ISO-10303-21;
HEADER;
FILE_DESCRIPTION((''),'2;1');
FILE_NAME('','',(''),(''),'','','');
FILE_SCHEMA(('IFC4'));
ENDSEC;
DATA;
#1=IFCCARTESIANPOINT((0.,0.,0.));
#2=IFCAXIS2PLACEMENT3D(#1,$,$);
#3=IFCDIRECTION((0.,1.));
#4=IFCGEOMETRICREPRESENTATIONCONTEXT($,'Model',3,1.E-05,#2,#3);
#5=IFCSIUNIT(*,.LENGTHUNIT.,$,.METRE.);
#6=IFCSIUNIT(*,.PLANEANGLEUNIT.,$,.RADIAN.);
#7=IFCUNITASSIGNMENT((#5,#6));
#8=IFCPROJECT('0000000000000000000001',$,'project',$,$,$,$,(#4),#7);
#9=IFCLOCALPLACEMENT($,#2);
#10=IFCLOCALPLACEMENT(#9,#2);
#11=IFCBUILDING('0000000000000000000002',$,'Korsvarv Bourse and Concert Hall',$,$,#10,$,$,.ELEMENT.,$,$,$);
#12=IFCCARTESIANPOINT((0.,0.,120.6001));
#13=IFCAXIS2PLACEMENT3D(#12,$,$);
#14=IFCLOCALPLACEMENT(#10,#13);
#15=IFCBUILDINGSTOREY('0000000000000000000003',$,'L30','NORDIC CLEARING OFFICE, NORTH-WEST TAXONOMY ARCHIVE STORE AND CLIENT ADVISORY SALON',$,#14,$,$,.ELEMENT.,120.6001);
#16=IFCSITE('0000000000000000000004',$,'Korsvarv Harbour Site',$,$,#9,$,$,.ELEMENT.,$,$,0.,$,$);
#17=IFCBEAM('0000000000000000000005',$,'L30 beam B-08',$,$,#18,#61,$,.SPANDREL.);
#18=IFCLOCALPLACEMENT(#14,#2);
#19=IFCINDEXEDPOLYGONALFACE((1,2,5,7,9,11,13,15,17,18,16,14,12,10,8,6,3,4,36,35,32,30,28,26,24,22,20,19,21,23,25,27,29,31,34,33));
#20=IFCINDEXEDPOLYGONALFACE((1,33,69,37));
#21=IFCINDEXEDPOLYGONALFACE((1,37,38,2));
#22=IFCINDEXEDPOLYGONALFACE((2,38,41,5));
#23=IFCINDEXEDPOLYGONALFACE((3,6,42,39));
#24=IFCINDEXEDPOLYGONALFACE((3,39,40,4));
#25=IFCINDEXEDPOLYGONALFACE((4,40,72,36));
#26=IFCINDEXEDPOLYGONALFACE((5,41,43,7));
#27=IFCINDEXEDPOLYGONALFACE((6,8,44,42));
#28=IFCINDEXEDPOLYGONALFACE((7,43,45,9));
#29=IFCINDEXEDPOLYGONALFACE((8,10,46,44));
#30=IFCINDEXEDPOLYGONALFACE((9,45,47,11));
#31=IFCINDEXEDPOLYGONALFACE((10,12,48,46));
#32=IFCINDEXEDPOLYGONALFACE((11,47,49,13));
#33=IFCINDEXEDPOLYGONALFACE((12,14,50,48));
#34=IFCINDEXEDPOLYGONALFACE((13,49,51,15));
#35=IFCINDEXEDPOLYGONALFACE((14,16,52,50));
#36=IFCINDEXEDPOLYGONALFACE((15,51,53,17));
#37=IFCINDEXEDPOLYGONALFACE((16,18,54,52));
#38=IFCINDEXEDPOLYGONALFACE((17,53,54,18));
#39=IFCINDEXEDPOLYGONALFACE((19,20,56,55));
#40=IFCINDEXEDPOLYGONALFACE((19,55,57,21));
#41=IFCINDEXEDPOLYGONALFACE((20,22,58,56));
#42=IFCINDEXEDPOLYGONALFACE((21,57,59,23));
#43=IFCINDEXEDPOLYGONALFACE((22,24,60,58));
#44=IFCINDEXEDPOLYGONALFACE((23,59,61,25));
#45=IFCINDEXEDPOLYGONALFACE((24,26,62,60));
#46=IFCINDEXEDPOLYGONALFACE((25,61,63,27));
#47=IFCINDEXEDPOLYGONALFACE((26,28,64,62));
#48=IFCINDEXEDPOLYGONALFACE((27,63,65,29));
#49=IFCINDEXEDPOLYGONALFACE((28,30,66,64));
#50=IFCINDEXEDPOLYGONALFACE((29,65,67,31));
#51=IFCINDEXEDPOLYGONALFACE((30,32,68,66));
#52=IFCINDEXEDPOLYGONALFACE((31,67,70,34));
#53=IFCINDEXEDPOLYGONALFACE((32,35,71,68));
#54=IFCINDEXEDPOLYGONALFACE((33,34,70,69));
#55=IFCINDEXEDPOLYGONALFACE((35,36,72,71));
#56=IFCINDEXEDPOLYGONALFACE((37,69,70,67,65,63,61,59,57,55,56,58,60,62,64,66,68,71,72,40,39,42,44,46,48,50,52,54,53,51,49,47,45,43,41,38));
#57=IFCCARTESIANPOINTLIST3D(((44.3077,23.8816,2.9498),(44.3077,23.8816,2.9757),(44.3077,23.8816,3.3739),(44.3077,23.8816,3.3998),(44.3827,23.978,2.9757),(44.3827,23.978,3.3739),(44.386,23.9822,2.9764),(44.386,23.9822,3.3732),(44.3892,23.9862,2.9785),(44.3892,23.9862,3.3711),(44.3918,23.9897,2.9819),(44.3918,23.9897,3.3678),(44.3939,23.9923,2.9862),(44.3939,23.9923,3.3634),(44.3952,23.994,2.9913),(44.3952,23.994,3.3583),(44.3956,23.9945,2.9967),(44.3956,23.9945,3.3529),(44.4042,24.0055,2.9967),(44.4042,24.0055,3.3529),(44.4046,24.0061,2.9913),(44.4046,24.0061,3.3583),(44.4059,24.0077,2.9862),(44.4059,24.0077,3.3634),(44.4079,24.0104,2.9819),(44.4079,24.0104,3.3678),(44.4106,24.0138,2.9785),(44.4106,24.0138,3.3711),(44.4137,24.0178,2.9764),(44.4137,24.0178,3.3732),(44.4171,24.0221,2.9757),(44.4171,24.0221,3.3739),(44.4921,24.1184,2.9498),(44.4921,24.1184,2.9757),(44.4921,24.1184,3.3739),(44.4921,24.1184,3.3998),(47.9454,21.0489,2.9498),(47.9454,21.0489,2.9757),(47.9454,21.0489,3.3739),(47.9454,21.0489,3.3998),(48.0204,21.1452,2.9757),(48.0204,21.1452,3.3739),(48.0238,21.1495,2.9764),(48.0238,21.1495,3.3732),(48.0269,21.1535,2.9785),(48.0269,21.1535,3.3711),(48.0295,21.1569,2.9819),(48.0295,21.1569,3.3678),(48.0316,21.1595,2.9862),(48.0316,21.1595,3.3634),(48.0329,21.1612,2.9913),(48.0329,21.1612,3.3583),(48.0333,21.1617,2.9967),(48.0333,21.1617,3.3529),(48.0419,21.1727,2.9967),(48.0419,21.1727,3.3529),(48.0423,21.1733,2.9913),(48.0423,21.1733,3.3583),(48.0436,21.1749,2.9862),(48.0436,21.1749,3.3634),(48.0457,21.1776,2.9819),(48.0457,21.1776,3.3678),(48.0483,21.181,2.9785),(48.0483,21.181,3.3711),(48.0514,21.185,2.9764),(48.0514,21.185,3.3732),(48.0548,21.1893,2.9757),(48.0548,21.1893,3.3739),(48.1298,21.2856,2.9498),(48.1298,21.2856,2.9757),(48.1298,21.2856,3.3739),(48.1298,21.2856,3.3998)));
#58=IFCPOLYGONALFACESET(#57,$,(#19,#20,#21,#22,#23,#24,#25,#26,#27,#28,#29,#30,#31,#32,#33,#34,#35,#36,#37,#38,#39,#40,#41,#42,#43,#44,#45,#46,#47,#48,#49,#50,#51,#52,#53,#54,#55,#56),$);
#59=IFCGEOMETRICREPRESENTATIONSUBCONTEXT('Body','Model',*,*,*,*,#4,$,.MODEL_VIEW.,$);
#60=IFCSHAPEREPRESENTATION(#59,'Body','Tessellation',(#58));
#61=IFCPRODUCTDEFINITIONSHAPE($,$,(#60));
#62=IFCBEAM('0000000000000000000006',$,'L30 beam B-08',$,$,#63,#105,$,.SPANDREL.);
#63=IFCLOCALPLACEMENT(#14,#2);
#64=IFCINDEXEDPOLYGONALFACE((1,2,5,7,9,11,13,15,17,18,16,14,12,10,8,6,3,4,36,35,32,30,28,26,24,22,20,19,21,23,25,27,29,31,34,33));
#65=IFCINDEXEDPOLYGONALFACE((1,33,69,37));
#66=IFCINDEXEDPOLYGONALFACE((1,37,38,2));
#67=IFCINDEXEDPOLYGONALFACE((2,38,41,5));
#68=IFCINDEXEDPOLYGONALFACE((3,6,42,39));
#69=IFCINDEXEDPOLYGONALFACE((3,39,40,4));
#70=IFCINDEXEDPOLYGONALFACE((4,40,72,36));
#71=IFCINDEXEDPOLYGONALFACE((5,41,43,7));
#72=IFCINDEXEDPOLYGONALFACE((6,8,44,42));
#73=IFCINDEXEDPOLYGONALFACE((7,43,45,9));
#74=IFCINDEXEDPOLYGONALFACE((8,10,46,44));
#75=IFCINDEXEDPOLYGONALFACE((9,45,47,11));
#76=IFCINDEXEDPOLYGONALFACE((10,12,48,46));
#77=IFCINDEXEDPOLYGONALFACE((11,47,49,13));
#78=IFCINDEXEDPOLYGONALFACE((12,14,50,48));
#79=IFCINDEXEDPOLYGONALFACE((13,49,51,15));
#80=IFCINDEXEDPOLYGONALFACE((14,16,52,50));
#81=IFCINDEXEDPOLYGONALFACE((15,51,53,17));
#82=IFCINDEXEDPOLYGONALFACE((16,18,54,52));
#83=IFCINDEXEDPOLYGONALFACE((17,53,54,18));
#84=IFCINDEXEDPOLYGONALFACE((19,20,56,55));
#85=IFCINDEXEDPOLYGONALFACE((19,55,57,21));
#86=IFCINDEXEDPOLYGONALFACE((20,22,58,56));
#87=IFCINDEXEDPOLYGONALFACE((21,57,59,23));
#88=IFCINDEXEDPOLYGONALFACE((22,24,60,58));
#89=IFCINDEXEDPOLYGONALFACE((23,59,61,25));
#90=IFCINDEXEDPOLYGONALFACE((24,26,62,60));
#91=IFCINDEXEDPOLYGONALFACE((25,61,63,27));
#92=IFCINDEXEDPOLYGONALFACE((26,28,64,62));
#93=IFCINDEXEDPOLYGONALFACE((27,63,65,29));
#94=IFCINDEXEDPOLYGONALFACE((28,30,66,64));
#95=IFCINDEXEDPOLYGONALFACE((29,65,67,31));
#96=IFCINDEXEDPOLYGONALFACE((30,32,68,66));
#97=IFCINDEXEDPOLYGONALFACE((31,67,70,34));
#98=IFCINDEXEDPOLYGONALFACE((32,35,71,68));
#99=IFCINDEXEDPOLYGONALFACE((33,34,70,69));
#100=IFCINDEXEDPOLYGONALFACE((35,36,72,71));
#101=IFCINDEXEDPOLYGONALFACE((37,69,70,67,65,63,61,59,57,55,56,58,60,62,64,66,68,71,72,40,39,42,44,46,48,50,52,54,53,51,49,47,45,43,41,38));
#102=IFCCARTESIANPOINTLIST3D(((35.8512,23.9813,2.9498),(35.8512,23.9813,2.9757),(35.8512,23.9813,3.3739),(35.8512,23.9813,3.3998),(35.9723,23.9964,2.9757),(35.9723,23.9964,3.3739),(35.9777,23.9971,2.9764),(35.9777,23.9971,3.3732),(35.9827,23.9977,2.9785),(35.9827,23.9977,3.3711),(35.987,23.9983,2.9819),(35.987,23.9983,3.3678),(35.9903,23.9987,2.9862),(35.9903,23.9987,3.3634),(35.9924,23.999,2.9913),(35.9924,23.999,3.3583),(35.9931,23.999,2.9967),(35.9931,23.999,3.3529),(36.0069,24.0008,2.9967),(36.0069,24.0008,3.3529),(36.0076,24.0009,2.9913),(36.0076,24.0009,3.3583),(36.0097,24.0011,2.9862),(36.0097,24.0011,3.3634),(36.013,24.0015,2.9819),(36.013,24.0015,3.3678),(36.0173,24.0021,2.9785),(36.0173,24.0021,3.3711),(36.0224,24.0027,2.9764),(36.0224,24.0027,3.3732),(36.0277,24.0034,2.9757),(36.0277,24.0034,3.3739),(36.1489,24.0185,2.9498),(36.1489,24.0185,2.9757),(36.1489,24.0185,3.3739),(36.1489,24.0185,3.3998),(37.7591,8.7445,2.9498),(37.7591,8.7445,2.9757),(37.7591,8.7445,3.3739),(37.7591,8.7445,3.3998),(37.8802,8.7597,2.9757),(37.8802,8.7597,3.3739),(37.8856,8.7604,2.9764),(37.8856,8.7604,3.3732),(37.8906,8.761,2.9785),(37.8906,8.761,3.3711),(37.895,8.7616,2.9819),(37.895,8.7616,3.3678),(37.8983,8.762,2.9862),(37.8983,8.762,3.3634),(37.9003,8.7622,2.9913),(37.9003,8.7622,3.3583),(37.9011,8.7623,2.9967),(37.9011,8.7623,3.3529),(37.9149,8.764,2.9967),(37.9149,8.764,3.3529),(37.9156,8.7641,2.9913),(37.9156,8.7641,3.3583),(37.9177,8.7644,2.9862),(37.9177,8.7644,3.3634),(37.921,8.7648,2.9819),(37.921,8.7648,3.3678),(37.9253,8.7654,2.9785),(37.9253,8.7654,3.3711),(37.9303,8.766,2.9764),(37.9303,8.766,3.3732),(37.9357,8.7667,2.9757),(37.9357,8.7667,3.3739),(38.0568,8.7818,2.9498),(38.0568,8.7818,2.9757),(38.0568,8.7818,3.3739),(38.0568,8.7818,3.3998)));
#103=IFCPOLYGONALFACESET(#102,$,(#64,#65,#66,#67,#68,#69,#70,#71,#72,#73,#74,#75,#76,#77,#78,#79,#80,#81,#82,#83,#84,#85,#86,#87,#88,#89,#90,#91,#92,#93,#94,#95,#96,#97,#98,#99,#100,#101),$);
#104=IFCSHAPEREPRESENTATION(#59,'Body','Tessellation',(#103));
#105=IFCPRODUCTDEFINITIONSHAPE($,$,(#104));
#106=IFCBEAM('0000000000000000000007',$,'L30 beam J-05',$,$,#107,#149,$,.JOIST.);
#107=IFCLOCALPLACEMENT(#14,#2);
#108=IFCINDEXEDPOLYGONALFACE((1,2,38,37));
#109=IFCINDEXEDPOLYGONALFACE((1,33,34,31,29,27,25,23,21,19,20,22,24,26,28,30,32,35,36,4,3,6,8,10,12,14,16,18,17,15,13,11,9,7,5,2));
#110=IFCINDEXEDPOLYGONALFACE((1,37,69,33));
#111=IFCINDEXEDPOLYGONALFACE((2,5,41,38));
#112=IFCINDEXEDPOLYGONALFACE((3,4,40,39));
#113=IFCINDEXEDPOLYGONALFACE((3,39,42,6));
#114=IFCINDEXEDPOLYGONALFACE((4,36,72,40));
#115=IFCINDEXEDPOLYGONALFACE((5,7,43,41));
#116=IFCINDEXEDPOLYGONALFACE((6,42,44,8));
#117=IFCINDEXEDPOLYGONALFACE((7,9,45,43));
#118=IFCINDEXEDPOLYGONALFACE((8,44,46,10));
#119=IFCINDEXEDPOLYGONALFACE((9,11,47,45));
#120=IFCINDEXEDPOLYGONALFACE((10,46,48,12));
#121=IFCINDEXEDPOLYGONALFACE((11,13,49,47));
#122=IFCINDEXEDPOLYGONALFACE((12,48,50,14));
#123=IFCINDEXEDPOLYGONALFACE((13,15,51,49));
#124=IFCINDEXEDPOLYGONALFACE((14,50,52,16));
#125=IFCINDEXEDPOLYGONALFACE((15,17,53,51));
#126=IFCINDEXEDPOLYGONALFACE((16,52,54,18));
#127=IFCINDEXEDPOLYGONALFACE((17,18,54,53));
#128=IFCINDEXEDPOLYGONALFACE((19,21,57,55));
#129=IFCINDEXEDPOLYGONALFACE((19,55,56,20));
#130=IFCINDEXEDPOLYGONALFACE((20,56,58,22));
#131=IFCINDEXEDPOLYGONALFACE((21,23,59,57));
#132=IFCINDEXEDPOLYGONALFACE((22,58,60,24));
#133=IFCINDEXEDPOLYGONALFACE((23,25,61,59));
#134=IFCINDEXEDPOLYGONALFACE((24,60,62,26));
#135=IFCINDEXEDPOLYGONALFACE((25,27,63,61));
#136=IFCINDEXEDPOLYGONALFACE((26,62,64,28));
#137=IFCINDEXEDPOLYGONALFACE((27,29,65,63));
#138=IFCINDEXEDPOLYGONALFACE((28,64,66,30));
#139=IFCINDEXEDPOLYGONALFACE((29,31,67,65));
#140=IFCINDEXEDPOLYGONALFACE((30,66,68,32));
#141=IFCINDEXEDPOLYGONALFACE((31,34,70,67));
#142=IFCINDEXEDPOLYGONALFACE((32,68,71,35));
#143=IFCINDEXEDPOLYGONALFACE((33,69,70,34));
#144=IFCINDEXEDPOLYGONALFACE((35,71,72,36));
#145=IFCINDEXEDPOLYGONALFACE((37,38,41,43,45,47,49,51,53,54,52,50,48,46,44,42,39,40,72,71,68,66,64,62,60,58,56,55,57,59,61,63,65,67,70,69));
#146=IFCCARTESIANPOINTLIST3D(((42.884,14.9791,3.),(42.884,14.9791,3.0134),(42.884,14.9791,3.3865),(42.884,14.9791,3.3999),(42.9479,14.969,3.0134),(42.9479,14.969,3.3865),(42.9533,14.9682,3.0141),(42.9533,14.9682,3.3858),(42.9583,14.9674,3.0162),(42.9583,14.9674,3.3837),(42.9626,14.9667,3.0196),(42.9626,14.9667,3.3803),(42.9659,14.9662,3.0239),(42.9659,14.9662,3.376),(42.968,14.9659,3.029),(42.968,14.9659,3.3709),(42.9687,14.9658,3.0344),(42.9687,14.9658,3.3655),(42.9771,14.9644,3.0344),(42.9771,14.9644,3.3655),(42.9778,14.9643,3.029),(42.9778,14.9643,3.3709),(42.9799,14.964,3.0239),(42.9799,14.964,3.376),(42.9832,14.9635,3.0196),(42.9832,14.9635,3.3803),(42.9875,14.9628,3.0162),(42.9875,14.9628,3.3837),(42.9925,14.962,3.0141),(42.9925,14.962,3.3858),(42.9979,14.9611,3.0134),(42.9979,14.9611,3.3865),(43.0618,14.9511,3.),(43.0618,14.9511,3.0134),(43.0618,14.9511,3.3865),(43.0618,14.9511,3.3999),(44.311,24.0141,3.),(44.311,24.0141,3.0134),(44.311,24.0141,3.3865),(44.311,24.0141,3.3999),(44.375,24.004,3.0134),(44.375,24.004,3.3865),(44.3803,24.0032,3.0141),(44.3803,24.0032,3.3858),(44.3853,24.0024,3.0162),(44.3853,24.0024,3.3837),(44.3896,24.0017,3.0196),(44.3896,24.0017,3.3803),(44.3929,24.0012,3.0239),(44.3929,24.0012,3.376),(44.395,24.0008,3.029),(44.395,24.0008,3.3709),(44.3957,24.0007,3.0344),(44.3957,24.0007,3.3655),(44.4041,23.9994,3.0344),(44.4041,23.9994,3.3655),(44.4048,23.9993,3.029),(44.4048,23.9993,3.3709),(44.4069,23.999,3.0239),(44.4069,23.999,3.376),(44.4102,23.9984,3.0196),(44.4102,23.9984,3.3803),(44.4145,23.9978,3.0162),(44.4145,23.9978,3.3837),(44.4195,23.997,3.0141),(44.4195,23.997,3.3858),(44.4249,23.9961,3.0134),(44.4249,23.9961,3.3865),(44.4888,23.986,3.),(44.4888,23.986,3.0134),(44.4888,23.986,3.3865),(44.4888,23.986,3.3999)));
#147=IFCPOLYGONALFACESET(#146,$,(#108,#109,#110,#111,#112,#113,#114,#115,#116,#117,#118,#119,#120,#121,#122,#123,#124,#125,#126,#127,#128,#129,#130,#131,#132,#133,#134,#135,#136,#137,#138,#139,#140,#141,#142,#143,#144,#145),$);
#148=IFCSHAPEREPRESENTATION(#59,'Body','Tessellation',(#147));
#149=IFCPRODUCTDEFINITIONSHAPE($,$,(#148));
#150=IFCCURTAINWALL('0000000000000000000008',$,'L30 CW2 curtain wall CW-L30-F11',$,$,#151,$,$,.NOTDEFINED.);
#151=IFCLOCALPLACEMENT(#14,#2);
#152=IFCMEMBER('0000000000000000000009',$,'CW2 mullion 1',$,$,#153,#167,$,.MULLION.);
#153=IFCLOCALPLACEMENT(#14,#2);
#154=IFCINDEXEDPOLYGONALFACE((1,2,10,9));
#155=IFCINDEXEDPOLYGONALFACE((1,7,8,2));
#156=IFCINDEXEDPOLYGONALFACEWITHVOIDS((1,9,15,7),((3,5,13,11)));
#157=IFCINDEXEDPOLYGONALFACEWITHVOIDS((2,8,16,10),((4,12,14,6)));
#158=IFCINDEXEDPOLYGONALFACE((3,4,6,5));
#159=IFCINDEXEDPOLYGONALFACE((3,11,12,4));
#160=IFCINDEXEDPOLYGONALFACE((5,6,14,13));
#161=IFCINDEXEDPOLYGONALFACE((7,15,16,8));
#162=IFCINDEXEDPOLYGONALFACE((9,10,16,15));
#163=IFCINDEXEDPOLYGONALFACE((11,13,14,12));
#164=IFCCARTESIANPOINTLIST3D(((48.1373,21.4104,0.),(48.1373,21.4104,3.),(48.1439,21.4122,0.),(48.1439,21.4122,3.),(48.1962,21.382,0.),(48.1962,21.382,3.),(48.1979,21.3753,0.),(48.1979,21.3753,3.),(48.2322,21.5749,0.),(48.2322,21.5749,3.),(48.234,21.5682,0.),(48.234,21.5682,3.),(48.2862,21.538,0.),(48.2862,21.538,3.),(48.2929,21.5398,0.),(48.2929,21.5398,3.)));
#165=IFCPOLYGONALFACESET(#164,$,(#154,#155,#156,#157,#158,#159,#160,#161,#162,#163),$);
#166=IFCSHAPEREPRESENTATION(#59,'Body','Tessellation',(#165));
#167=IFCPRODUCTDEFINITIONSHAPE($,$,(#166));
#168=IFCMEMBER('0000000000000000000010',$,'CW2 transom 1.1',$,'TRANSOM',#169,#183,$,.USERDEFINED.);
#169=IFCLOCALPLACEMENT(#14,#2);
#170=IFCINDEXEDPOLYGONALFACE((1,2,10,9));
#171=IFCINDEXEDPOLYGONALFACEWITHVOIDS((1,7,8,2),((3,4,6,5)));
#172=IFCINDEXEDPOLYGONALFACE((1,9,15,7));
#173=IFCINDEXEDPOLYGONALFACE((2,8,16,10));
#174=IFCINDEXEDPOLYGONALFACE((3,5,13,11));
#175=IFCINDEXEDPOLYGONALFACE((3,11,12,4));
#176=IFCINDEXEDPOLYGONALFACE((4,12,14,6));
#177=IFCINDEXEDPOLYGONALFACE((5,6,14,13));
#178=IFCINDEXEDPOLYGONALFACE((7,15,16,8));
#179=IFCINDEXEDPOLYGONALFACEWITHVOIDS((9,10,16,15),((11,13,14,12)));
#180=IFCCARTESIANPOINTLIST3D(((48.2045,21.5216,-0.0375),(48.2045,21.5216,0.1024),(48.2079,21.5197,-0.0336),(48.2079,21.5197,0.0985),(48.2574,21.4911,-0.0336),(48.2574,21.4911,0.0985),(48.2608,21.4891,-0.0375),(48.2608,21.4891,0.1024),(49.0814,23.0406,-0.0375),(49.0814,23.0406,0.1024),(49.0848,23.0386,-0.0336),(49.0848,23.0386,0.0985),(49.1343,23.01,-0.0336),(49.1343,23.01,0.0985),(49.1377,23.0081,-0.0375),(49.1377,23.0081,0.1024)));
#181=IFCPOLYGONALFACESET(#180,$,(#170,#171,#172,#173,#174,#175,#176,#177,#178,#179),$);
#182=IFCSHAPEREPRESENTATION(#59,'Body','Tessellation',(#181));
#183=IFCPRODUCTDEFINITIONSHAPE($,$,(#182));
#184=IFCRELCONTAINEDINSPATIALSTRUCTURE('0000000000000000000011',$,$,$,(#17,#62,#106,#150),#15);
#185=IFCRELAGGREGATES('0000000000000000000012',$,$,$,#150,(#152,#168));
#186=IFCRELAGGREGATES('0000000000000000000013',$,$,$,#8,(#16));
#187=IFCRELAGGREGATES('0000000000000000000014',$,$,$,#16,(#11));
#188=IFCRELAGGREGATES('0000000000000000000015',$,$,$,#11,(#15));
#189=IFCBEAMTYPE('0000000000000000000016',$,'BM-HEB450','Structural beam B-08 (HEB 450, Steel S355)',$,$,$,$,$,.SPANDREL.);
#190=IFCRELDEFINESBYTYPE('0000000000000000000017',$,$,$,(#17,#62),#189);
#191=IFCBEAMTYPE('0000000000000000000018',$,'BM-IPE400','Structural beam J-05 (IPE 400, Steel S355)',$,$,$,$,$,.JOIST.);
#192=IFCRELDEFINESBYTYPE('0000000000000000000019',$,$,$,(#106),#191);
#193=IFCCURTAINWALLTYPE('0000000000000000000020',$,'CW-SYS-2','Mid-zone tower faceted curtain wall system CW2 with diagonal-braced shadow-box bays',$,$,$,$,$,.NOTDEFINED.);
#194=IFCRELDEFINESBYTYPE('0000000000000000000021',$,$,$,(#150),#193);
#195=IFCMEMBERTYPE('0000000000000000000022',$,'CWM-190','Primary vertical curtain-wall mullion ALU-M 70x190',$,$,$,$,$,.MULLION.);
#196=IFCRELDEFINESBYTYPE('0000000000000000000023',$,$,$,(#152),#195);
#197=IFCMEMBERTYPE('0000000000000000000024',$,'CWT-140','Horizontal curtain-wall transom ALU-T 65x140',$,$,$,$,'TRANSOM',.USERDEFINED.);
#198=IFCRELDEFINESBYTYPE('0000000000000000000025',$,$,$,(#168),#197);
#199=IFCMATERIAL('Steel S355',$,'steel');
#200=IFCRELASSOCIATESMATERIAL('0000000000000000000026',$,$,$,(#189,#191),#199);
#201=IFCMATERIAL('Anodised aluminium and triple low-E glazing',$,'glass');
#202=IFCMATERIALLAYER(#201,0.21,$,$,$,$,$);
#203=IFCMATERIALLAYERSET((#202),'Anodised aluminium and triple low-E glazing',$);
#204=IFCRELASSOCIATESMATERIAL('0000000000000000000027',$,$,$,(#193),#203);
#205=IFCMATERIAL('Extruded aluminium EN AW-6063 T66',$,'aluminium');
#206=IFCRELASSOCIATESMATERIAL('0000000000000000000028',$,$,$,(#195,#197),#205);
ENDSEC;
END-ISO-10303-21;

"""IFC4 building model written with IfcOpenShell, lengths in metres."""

from ifc_helpers import new_model, si_unit, direction, frame, origin, origin_2d, place, context, subcontext, project, spatial, hollow_rectangle, i_section, extrude, source, transform, mapped, material, layer, layer_set, material_profile, profile_set, type_object, element, aggregate, save


model = new_model("IFC4")

# Units and contexts
model_context = context("Model", 3, precision=1e-05, world=origin(), true_north=direction((0.0, 1.0)))
body_context = subcontext(model_context, "Body", "Model", "MODEL_VIEW")
ifc_project = project(units=[si_unit("LENGTHUNIT", "METRE"), si_unit("PLANEANGLEUNIT", "RADIAN")], contexts=[model_context])

# Site, building, storey
site_placement = place(None, origin())
site = spatial("IfcSite", under=ifc_project, at=site_placement, Name="Korsvarv Harbour Site", CompositionType="ELEMENT", RefElevation=0.0)
building_placement = place(site_placement, origin())
building = spatial("IfcBuilding", under=site, at=building_placement, Name="Korsvarv Bourse and Concert Hall", CompositionType="ELEMENT")
storey_placement = place(building_placement, frame((0.0, 0.0, 120.6001)))
storey = spatial("IfcBuildingStorey", under=building, at=storey_placement, Name="L30", Description="NORDIC CLEARING OFFICE, NORTH-WEST TAXONOMY ARCHIVE STORE AND CLIENT ADVISORY SALON", CompositionType="ELEMENT", Elevation=120.6001)

# Beams
ifc_material_1 = material(Name="Steel S355", Category="steel")
ifc_material_profile_1 = material_profile(ifc_material_1, i_section(OverallWidth=0.3, OverallDepth=0.45, WebThickness=0.0139, FlangeThickness=0.0259, FilletRadius=0.021, at=origin_2d()), Name="HEB 450")
ifc_profile_set_1 = profile_set([ifc_material_profile_1], Name="Steel S355")
beam_type_1 = type_object("IfcBeamType", Name="BM-HEB450", Description="Structural beam B-08 (HEB 450, Steel S355)", PredefinedType="SPANDREL", material=ifc_profile_set_1)
shared_shape_1 = source(origin(), body_context, "Body", "SweptSolid", [
    extrude(i_section(OverallWidth=0.3, OverallDepth=0.45, WebThickness=0.0139, FlangeThickness=0.0259, FilletRadius=0.021, at=origin_2d()), origin(), (0.0, 0.0, 1.0), 4.6106),
])
beam_1_placement = place(storey_placement, frame((48.0376, 21.1672, 3.1748), z_axis=(-0.78899, 0.614406, 0.0), x_axis=(-0.614406, -0.78899, 0.0)))
element("IfcBeam", 1, at=beam_1_placement, inside=storey, type_object=beam_type_1, Name="L30 beam B-08", PredefinedType="SPANDREL", context=body_context, shape_type="MappedRepresentation", body=[
    mapped(shared_shape_1, transform((0.0, 0.0, 0.0), scale=1.0)),
])
shared_shape_2 = source(origin(), body_context, "Body", "SweptSolid", [
    extrude(i_section(OverallWidth=0.3, OverallDepth=0.45, WebThickness=0.0139, FlangeThickness=0.0259, FilletRadius=0.021, at=origin_2d()), origin(), (0.0, 0.0, 1.0), 15.3557),
])
beam_2_placement = place(storey_placement, frame((37.908, 8.7632, 3.1748), z_axis=(-0.12425, 0.992251, 0.0), x_axis=(-0.992251, -0.12425, 0.0)))
element("IfcBeam", 2, at=beam_2_placement, inside=storey, type_object=beam_type_1, Name="L30 beam B-08", PredefinedType="SPANDREL", context=body_context, shape_type="MappedRepresentation", body=[
    mapped(shared_shape_2, transform((0.0, 0.0, 0.0), scale=1.0)),
])
ifc_material_profile_2 = material_profile(ifc_material_1, i_section(OverallWidth=0.1799, OverallDepth=0.3999, WebThickness=0.0085, FlangeThickness=0.0134, FilletRadius=0.021, at=origin_2d()), Name="IPE 400")
ifc_profile_set_2 = profile_set([ifc_material_profile_2], Name="Steel S355")
beam_type_2 = type_object("IfcBeamType", Name="BM-IPE400", Description="Structural beam J-05 (IPE 400, Steel S355)", PredefinedType="JOIST", material=ifc_profile_set_2)
shared_shape_3 = source(origin(), body_context, "Body", "SweptSolid", [
    extrude(i_section(OverallWidth=0.1799, OverallDepth=0.3999, WebThickness=0.0085, FlangeThickness=0.0134, FilletRadius=0.021, at=origin_2d()), origin(), (0.0, 0.0, 1.0), 9.147),
])
beam_3_placement = place(storey_placement, frame((42.9729, 14.9651, 3.2), z_axis=(0.156009, 0.987756, 0.0), x_axis=(-0.987756, 0.156009, 0.0)))
element("IfcBeam", 3, at=beam_3_placement, inside=storey, type_object=beam_type_2, Name="L30 beam J-05", PredefinedType="JOIST", context=body_context, shape_type="MappedRepresentation", body=[
    mapped(shared_shape_3, transform((0.0, 0.0, 0.0), scale=1.0)),
])

# Curtain wall, members
ifc_material_2 = material(Name="Anodised aluminium and triple low-E glazing", Category="glass")
ifc_layer_1 = layer(ifc_material_2, 0.21)
ifc_layer_set_1 = layer_set([ifc_layer_1], Name="Anodised aluminium and triple low-E glazing")
curtain_wall_type = type_object("IfcCurtainWallType", Name="CW-SYS-2", Description="Mid-zone tower faceted curtain wall system CW2 with diagonal-braced shadow-box bays", PredefinedType="NOTDEFINED", material=ifc_layer_set_1)
curtain_wall_placement = place(storey_placement, origin())
curtain_wall = element("IfcCurtainWall", 4, at=curtain_wall_placement, inside=storey, type_object=curtain_wall_type, Name="L30 CW2 curtain wall CW-L30-F11", PredefinedType="NOTDEFINED")
ifc_material_3 = material(Name="Extruded aluminium EN AW-6063 T66", Category="aluminium")
ifc_material_profile_3 = material_profile(ifc_material_3, hollow_rectangle(XDim=0.0701, YDim=0.1899, WallThickness=0.0049, at=origin_2d()), Name="ALU-M 70x190")
ifc_profile_set_3 = profile_set([ifc_material_profile_3], Name="Extruded aluminium EN AW-6063 T66")
member_type_1 = type_object("IfcMemberType", Name="CWM-190", Description="Primary vertical curtain-wall mullion ALU-M 70x190", PredefinedType="MULLION", material=ifc_profile_set_3)
shared_shape_4 = source(origin(), body_context, "Body", "SweptSolid", [
    extrude(hollow_rectangle(XDim=0.0701, YDim=0.1899, WallThickness=0.0049, at=origin_2d()), origin(), (0.0, 0.0, 1.0), 3.0),
])
member_1_placement = place(storey_placement, frame((48.2151, 21.4751, 0.0), z_axis=(0.0, 0.0, 1.0), x_axis=(-0.866021, 0.500007, 0.0)))
member_1 = element("IfcMember", 5, at=member_1_placement, type_object=member_type_1, Name="CW2 mullion 1", PredefinedType="MULLION", context=body_context, shape_type="MappedRepresentation", body=[
    mapped(shared_shape_4, transform((0.0, 0.0, 0.0), scale=1.0)),
])
ifc_material_profile_4 = material_profile(ifc_material_3, hollow_rectangle(XDim=0.0649, YDim=0.1399, WallThickness=0.0039, at=origin_2d()), Name="ALU-T 65x140")
ifc_profile_set_4 = profile_set([ifc_material_profile_4], Name="Extruded aluminium EN AW-6063 T66")
member_type_2 = type_object("IfcMemberType", Name="CWT-140", Description="Horizontal curtain-wall transom ALU-T 65x140", ElementType="TRANSOM", PredefinedType="USERDEFINED", material=ifc_profile_set_4)
shared_shape_5 = source(origin(), body_context, "Body", "SweptSolid", [
    extrude(hollow_rectangle(XDim=0.0649, YDim=0.1399, WallThickness=0.0039, at=origin_2d()), origin(), (0.0, 0.0, 1.0), 1.7539),
])
member_2_placement = place(storey_placement, frame((48.2327, 21.5054, 0.0325), z_axis=(0.499971, 0.866042, 0.0), x_axis=(-0.866042, 0.499971, 0.0)))
member_2 = element("IfcMember", 6, at=member_2_placement, type_object=member_type_2, Name="CW2 transom 1.1", ObjectType="TRANSOM", PredefinedType="USERDEFINED", context=body_context, shape_type="MappedRepresentation", body=[
    mapped(shared_shape_5, transform((0.0, 0.0, 0.0), scale=1.0)),
])
aggregate(curtain_wall, [member_1, member_2])

save(model, "model.ifc")
